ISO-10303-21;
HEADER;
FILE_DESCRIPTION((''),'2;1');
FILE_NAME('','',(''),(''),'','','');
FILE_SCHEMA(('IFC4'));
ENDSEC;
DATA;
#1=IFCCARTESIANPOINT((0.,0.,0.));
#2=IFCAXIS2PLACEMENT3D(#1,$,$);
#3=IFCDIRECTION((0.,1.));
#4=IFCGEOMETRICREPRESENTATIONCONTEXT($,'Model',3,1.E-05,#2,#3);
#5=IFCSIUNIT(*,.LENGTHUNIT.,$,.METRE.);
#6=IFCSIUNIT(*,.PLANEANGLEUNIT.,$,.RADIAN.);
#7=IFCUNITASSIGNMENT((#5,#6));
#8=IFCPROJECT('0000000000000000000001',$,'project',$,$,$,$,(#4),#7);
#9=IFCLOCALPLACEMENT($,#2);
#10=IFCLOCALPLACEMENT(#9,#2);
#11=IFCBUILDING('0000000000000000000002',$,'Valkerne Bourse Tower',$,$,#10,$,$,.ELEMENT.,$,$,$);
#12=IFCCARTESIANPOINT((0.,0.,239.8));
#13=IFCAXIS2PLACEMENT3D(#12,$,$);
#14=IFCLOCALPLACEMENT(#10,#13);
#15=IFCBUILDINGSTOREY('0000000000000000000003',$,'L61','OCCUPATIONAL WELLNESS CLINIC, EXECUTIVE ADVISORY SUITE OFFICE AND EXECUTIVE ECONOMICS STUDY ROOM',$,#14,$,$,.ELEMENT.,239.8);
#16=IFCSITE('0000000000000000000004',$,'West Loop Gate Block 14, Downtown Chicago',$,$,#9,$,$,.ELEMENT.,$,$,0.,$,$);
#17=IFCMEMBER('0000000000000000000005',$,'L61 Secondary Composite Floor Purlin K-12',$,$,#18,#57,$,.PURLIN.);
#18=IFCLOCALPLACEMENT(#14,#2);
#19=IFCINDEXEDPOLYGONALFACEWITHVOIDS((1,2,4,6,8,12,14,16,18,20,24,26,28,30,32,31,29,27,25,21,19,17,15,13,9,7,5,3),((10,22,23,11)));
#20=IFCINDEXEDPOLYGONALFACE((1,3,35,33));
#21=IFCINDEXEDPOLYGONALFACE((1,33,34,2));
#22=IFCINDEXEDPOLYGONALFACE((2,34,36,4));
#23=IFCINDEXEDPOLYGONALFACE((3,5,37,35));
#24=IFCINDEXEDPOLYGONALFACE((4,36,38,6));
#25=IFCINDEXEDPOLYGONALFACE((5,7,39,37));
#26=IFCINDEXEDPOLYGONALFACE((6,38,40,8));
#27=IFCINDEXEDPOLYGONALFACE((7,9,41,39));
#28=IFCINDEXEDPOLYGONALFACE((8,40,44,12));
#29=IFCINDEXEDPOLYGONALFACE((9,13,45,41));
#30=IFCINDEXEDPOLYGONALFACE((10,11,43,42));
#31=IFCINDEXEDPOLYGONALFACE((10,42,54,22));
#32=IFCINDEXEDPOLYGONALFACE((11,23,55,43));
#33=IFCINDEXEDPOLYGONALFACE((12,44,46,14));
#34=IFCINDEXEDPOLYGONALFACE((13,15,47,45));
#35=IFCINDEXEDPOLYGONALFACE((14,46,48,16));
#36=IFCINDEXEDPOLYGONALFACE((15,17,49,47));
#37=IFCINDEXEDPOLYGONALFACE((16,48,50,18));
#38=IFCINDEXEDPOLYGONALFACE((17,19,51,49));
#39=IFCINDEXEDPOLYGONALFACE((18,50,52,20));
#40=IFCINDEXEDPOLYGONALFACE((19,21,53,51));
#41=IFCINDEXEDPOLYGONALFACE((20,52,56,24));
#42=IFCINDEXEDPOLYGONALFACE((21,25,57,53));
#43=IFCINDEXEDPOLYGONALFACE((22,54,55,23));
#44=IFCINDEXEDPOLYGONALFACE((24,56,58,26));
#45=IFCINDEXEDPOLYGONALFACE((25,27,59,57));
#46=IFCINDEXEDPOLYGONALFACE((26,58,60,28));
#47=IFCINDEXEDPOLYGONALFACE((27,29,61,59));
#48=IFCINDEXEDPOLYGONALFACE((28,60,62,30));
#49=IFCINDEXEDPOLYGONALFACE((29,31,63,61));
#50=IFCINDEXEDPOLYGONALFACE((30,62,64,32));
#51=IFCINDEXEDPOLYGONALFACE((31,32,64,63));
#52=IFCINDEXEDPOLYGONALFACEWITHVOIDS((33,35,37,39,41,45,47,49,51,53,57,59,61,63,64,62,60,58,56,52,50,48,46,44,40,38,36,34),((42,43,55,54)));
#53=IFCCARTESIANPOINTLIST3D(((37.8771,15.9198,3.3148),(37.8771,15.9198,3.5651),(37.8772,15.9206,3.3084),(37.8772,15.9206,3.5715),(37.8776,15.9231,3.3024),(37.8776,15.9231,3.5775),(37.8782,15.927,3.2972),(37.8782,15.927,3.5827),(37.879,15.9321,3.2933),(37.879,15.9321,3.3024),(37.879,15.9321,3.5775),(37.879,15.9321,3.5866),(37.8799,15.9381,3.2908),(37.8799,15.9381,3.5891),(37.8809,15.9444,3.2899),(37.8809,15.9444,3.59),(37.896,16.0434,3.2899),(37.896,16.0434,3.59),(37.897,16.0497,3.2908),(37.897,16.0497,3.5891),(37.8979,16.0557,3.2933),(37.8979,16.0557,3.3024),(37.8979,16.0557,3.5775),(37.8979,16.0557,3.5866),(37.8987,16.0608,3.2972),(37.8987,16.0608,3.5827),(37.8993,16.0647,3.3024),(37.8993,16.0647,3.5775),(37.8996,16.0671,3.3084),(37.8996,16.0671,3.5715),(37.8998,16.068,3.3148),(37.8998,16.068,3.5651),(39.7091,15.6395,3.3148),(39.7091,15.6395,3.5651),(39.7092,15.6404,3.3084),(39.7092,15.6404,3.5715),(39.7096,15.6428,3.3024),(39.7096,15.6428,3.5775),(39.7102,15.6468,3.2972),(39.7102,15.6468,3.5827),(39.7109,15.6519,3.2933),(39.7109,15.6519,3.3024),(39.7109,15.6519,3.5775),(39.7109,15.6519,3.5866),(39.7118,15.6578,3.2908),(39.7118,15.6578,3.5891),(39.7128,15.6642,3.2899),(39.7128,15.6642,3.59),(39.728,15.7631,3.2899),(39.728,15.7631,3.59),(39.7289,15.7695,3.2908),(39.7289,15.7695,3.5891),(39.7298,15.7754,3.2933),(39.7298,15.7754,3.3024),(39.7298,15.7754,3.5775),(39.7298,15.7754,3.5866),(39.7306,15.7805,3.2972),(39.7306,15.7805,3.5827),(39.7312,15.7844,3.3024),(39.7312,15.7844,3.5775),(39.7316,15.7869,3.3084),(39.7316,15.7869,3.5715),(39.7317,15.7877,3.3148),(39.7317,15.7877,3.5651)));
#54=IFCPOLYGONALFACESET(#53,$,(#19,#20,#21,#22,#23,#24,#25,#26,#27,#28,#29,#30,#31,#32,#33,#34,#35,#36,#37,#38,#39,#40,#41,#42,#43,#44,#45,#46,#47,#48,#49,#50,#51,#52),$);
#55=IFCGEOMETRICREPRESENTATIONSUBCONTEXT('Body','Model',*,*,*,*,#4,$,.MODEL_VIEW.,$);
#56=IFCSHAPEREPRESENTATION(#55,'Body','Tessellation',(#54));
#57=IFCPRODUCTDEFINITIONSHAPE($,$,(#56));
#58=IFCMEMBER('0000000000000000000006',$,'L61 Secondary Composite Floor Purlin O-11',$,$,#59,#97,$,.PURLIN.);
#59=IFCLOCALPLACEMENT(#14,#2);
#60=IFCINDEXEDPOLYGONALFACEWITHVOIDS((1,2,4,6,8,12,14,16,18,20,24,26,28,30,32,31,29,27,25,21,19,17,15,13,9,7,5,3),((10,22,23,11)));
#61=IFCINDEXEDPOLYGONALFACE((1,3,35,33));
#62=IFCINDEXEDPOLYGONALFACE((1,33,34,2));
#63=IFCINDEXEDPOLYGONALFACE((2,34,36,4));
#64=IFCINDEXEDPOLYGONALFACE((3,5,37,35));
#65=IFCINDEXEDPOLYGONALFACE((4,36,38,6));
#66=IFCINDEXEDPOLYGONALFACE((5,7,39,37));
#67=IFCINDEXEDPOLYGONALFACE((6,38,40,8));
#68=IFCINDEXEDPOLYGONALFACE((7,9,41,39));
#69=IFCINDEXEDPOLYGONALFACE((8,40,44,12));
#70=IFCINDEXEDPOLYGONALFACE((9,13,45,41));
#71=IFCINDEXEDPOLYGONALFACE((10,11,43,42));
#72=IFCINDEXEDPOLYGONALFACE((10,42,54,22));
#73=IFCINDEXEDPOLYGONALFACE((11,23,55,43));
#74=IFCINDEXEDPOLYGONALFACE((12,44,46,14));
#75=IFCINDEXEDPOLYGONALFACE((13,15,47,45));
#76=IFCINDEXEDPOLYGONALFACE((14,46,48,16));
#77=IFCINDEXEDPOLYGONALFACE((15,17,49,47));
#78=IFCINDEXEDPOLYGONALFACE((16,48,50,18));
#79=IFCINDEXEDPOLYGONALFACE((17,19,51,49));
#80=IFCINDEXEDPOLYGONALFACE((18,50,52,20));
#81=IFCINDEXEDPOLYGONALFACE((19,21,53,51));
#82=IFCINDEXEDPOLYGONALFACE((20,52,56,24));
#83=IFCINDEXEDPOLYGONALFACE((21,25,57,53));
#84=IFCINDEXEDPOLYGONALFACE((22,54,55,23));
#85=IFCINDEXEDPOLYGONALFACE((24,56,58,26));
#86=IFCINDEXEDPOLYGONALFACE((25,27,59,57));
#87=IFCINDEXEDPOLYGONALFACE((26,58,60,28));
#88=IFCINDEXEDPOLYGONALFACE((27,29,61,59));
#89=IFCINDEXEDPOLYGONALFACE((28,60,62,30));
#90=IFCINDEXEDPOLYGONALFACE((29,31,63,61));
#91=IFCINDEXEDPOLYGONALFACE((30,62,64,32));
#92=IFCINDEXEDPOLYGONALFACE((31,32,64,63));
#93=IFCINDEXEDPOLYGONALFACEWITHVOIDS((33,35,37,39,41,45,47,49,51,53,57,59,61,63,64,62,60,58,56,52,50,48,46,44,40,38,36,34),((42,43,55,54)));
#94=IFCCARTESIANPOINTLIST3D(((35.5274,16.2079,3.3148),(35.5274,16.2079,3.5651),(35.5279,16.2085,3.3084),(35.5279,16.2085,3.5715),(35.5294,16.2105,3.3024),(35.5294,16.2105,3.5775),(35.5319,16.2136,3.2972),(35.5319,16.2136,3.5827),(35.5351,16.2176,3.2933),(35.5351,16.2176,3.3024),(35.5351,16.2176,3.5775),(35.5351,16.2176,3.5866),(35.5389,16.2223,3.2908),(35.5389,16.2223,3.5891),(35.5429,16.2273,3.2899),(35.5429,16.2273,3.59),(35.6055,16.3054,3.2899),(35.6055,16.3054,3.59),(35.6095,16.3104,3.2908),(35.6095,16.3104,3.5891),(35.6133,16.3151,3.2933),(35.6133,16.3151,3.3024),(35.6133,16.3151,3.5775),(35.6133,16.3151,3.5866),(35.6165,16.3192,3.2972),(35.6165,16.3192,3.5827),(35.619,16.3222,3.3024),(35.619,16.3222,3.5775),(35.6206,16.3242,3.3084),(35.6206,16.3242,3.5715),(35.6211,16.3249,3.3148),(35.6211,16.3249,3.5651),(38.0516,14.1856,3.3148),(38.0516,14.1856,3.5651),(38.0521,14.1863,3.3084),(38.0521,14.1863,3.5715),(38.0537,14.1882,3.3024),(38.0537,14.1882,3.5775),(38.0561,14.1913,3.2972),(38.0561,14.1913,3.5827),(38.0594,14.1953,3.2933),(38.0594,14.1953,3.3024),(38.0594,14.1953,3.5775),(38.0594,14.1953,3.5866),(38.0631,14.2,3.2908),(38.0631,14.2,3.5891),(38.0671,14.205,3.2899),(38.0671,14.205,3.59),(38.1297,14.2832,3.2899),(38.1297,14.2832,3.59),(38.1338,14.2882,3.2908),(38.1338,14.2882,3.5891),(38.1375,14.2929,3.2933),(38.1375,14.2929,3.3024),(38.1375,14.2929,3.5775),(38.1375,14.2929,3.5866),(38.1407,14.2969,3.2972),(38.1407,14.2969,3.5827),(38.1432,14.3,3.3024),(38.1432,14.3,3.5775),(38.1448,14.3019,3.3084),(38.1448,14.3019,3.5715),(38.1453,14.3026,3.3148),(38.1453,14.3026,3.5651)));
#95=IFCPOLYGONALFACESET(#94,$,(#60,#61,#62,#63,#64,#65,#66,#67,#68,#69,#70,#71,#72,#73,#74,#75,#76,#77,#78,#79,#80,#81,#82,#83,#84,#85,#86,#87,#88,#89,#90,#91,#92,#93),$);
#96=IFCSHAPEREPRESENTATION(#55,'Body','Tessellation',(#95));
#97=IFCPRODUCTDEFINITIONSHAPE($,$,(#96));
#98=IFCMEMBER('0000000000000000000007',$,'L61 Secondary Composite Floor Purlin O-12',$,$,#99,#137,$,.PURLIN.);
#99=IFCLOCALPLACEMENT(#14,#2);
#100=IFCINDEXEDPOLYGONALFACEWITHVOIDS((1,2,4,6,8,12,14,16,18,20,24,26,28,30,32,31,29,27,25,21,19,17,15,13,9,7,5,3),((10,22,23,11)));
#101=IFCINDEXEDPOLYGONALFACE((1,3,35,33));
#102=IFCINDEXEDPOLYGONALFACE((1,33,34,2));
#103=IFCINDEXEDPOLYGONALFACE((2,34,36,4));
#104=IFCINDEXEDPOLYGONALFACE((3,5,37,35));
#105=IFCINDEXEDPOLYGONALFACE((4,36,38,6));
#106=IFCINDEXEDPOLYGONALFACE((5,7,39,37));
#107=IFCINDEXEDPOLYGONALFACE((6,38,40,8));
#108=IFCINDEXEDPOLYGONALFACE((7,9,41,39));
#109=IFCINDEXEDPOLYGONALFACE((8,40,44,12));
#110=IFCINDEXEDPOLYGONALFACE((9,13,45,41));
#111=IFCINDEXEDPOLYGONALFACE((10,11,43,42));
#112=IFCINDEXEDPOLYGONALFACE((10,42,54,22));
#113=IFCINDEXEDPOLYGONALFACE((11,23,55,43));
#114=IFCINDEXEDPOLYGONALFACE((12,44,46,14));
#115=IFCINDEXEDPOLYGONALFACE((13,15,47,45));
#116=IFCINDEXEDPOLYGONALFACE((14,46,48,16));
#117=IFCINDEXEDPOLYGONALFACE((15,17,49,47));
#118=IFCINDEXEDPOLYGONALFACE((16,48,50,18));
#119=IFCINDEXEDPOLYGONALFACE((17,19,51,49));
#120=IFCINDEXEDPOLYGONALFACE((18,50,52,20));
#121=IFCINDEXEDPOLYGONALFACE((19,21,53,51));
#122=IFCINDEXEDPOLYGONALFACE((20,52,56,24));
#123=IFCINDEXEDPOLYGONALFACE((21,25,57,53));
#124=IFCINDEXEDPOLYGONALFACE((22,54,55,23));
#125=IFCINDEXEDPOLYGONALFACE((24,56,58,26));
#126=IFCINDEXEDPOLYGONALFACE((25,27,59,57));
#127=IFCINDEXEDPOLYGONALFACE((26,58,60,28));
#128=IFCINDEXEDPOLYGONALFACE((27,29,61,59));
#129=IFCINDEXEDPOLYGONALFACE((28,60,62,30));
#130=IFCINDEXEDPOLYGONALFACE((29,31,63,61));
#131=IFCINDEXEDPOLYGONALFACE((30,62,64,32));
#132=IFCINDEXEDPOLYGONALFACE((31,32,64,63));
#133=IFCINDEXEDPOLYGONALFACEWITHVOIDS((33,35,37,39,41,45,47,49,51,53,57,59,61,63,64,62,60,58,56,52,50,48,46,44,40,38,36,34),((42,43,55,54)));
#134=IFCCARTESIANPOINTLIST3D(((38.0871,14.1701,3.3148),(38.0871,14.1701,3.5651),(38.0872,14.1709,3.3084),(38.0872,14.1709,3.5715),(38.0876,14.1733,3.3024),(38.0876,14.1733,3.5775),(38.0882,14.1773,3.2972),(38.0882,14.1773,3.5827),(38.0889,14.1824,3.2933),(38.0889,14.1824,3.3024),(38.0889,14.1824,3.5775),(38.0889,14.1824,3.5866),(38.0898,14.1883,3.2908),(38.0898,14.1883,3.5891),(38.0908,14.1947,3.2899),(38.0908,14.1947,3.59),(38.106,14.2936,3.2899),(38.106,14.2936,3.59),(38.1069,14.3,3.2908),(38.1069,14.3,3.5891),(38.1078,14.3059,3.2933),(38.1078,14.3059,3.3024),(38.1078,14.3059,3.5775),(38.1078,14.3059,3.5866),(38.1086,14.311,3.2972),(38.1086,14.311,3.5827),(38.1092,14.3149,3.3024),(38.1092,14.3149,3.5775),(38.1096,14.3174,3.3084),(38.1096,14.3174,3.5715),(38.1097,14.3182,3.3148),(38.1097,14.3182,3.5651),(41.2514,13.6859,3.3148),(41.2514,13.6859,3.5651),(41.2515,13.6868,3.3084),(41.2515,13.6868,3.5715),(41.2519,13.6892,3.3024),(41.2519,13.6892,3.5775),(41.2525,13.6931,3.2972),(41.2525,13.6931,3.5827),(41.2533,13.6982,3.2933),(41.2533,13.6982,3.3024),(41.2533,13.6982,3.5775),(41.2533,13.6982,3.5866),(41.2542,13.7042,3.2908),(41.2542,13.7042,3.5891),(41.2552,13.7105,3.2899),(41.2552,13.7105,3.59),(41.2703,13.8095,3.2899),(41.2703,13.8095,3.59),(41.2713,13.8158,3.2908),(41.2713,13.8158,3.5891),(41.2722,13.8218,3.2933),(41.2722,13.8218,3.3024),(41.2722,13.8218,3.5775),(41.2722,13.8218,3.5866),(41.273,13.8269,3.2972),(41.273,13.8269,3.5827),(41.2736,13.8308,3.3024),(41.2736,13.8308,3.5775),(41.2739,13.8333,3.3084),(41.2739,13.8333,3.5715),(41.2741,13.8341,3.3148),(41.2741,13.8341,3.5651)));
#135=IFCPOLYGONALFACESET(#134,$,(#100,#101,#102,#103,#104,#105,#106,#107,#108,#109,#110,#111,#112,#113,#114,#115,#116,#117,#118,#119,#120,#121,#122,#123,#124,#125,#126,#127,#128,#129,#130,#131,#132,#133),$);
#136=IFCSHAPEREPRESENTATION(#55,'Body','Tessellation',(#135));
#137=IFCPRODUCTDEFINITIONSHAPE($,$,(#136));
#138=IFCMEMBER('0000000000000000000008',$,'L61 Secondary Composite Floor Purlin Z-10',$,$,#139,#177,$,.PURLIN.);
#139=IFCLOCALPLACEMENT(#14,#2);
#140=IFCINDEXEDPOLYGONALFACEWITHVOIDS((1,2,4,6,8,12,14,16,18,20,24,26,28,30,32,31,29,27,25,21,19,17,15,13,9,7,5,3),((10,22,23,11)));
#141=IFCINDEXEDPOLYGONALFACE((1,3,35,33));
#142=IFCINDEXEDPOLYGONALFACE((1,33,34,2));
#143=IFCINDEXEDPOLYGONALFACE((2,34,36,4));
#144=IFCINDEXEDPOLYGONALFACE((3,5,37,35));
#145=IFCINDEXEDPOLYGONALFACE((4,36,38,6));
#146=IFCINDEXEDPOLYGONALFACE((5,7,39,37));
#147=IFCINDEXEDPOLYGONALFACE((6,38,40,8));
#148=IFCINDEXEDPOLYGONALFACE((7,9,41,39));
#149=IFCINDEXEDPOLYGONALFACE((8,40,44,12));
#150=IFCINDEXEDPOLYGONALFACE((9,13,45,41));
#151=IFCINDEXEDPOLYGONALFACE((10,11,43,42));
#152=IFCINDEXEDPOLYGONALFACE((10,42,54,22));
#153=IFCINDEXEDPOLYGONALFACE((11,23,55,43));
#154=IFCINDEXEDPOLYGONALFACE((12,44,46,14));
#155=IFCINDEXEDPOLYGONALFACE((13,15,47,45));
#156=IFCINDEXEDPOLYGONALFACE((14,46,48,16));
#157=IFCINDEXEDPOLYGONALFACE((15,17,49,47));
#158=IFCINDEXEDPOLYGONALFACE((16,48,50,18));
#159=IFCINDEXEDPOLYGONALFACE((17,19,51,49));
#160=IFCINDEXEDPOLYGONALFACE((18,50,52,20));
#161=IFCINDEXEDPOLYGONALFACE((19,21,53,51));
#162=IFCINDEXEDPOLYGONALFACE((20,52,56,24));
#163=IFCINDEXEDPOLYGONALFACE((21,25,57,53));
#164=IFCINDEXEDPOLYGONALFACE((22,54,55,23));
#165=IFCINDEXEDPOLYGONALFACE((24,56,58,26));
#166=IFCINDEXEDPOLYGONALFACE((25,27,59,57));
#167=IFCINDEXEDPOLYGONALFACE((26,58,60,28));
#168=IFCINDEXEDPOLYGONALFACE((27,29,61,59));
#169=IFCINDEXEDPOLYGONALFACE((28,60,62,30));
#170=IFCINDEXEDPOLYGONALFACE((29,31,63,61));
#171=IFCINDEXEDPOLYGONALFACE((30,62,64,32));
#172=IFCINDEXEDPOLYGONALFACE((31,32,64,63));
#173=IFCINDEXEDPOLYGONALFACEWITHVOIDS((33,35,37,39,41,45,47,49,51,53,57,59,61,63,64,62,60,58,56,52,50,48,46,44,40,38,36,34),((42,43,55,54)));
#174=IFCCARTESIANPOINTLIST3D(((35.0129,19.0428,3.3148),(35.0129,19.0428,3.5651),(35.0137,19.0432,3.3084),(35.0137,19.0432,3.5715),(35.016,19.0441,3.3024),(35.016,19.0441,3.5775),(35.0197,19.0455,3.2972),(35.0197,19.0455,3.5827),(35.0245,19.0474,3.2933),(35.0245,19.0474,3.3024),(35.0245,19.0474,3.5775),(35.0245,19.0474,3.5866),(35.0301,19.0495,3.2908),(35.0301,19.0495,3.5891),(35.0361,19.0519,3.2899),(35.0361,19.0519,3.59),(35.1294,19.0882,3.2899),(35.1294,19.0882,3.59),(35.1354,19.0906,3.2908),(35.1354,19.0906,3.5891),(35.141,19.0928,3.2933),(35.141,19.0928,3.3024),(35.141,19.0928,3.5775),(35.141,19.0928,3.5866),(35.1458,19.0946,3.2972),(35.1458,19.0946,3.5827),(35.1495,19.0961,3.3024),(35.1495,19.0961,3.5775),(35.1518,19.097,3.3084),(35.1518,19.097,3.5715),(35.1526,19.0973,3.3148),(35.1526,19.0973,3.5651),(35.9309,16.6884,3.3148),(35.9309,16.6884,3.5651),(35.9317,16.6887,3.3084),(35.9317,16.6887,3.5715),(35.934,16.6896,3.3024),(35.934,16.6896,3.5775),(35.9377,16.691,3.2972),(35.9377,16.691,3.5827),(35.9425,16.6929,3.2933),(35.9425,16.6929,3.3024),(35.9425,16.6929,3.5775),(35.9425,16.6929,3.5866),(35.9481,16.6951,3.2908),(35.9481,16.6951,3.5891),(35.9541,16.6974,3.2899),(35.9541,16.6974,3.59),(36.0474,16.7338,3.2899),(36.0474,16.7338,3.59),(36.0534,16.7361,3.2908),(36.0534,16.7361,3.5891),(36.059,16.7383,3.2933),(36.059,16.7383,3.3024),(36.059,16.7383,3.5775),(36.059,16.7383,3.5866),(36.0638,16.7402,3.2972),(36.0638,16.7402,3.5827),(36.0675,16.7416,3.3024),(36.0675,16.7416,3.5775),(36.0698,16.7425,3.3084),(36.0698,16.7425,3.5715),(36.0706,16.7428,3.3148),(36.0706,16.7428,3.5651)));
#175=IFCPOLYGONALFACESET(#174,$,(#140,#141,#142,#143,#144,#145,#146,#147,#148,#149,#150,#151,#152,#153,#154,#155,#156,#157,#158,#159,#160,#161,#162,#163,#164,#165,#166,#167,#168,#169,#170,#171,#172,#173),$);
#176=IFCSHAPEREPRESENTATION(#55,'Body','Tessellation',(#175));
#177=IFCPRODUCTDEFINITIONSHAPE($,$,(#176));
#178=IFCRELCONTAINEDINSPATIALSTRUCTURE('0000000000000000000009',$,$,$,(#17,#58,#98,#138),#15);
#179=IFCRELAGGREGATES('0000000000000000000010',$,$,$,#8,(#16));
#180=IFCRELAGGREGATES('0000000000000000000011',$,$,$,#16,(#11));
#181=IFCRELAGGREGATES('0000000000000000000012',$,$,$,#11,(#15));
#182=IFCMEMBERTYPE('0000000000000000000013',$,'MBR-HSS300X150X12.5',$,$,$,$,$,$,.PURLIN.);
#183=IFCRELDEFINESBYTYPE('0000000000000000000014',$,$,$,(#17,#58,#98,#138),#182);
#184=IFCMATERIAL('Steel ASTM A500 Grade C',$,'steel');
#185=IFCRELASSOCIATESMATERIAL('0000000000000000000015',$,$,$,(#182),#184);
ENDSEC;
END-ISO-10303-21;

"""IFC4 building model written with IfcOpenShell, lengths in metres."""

from ifc_helpers import new_model, si_unit, direction, frame, origin, origin_2d, place, context, subcontext, project, spatial, hollow_rectangle, extrude, material, material_profile, profile_set, type_object, element, save


model = new_model("IFC4")

# Units and contexts
model_context = context("Model", 3, precision=1e-05, world=origin(), true_north=direction((0.0, 1.0)))
body_context = subcontext(model_context, "Body", "Model", "MODEL_VIEW")
ifc_project = project(units=[si_unit("LENGTHUNIT", "METRE"), si_unit("PLANEANGLEUNIT", "RADIAN")], contexts=[model_context])

# Site, building, storey
site_placement = place(None, origin())
site = spatial("IfcSite", under=ifc_project, at=site_placement, Name="West Loop Gate Block 14, Downtown Chicago", CompositionType="ELEMENT", RefElevation=0.0)
building_placement = place(site_placement, origin())
building = spatial("IfcBuilding", under=site, at=building_placement, Name="Valkerne Bourse Tower", CompositionType="ELEMENT")
storey_placement = place(building_placement, frame((0.0, 0.0, 239.8)))
storey = spatial("IfcBuildingStorey", under=building, at=storey_placement, Name="L61", Description="OCCUPATIONAL WELLNESS CLINIC, EXECUTIVE ADVISORY SUITE OFFICE AND EXECUTIVE ECONOMICS STUDY ROOM", CompositionType="ELEMENT", Elevation=239.8)

# Members
ifc_material_1 = material(Name="Steel ASTM A500 Grade C", Category="steel")
ifc_material_profile_1 = material_profile(ifc_material_1, hollow_rectangle(XDim=0.1499, YDim=0.3, WallThickness=0.0125, OuterFilletRadius=0.0249, at=origin_2d()), Name="HSS300X150X12.5")
ifc_profile_set_1 = profile_set([ifc_material_profile_1], Name="Steel ASTM A500 Grade C")
member_type_1 = type_object("IfcMemberType", Name="MBR-HSS300X150X12.5", PredefinedType="PURLIN", material=ifc_profile_set_1)
member_1_placement = place(storey_placement, frame((37.8884, 15.9939, 3.4399), z_axis=(0.988499, -0.151226, 0.0), x_axis=(0.151226, 0.988499, 0.0)))
element("IfcMember", 1, at=member_1_placement, inside=storey, type_object=member_type_1, Name="L61 Secondary Composite Floor Purlin K-12", PredefinedType="PURLIN", context=body_context, shape_type="SweptSolid", body=[
    extrude(hollow_rectangle(XDim=0.1499, YDim=0.3, WallThickness=0.0125, OuterFilletRadius=0.0249, at=origin_2d()), origin(), (0.0, 0.0, 1.0), 1.8533),
])
member_2_placement = place(storey_placement, frame((35.5742, 16.2664, 3.4399), z_axis=(0.780434, -0.625238, 0.0), x_axis=(0.625238, 0.780434, 0.0)))
element("IfcMember", 2, at=member_2_placement, inside=storey, type_object=member_type_1, Name="L61 Secondary Composite Floor Purlin O-11", PredefinedType="PURLIN", context=body_context, shape_type="SweptSolid", body=[
    extrude(hollow_rectangle(XDim=0.1499, YDim=0.3, WallThickness=0.0125, OuterFilletRadius=0.0249, at=origin_2d()), origin(), (0.0, 0.0, 1.0), 3.2344),
])
member_3_placement = place(storey_placement, frame((38.0984, 14.2441, 3.4399), z_axis=(0.988497, -0.151238, 0.0), x_axis=(0.151238, 0.988497, 0.0)))
element("IfcMember", 3, at=member_3_placement, inside=storey, type_object=member_type_1, Name="L61 Secondary Composite Floor Purlin O-12", PredefinedType="PURLIN", context=body_context, shape_type="SweptSolid", body=[
    extrude(hollow_rectangle(XDim=0.1499, YDim=0.3, WallThickness=0.0125, OuterFilletRadius=0.0249, at=origin_2d()), origin(), (0.0, 0.0, 1.0), 3.2012),
])
member_4_placement = place(storey_placement, frame((35.0828, 19.0701, 3.4399), z_axis=(0.363248, -0.931692, 0.0), x_axis=(0.931692, 0.363248, 0.0)))
element("IfcMember", 4, at=member_4_placement, inside=storey, type_object=member_type_1, Name="L61 Secondary Composite Floor Purlin Z-10", PredefinedType="PURLIN", context=body_context, shape_type="SweptSolid", body=[
    extrude(hollow_rectangle(XDim=0.1499, YDim=0.3, WallThickness=0.0125, OuterFilletRadius=0.0249, at=origin_2d()), origin(), (0.0, 0.0, 1.0), 2.5271),
])

save(model, "model.ifc")
